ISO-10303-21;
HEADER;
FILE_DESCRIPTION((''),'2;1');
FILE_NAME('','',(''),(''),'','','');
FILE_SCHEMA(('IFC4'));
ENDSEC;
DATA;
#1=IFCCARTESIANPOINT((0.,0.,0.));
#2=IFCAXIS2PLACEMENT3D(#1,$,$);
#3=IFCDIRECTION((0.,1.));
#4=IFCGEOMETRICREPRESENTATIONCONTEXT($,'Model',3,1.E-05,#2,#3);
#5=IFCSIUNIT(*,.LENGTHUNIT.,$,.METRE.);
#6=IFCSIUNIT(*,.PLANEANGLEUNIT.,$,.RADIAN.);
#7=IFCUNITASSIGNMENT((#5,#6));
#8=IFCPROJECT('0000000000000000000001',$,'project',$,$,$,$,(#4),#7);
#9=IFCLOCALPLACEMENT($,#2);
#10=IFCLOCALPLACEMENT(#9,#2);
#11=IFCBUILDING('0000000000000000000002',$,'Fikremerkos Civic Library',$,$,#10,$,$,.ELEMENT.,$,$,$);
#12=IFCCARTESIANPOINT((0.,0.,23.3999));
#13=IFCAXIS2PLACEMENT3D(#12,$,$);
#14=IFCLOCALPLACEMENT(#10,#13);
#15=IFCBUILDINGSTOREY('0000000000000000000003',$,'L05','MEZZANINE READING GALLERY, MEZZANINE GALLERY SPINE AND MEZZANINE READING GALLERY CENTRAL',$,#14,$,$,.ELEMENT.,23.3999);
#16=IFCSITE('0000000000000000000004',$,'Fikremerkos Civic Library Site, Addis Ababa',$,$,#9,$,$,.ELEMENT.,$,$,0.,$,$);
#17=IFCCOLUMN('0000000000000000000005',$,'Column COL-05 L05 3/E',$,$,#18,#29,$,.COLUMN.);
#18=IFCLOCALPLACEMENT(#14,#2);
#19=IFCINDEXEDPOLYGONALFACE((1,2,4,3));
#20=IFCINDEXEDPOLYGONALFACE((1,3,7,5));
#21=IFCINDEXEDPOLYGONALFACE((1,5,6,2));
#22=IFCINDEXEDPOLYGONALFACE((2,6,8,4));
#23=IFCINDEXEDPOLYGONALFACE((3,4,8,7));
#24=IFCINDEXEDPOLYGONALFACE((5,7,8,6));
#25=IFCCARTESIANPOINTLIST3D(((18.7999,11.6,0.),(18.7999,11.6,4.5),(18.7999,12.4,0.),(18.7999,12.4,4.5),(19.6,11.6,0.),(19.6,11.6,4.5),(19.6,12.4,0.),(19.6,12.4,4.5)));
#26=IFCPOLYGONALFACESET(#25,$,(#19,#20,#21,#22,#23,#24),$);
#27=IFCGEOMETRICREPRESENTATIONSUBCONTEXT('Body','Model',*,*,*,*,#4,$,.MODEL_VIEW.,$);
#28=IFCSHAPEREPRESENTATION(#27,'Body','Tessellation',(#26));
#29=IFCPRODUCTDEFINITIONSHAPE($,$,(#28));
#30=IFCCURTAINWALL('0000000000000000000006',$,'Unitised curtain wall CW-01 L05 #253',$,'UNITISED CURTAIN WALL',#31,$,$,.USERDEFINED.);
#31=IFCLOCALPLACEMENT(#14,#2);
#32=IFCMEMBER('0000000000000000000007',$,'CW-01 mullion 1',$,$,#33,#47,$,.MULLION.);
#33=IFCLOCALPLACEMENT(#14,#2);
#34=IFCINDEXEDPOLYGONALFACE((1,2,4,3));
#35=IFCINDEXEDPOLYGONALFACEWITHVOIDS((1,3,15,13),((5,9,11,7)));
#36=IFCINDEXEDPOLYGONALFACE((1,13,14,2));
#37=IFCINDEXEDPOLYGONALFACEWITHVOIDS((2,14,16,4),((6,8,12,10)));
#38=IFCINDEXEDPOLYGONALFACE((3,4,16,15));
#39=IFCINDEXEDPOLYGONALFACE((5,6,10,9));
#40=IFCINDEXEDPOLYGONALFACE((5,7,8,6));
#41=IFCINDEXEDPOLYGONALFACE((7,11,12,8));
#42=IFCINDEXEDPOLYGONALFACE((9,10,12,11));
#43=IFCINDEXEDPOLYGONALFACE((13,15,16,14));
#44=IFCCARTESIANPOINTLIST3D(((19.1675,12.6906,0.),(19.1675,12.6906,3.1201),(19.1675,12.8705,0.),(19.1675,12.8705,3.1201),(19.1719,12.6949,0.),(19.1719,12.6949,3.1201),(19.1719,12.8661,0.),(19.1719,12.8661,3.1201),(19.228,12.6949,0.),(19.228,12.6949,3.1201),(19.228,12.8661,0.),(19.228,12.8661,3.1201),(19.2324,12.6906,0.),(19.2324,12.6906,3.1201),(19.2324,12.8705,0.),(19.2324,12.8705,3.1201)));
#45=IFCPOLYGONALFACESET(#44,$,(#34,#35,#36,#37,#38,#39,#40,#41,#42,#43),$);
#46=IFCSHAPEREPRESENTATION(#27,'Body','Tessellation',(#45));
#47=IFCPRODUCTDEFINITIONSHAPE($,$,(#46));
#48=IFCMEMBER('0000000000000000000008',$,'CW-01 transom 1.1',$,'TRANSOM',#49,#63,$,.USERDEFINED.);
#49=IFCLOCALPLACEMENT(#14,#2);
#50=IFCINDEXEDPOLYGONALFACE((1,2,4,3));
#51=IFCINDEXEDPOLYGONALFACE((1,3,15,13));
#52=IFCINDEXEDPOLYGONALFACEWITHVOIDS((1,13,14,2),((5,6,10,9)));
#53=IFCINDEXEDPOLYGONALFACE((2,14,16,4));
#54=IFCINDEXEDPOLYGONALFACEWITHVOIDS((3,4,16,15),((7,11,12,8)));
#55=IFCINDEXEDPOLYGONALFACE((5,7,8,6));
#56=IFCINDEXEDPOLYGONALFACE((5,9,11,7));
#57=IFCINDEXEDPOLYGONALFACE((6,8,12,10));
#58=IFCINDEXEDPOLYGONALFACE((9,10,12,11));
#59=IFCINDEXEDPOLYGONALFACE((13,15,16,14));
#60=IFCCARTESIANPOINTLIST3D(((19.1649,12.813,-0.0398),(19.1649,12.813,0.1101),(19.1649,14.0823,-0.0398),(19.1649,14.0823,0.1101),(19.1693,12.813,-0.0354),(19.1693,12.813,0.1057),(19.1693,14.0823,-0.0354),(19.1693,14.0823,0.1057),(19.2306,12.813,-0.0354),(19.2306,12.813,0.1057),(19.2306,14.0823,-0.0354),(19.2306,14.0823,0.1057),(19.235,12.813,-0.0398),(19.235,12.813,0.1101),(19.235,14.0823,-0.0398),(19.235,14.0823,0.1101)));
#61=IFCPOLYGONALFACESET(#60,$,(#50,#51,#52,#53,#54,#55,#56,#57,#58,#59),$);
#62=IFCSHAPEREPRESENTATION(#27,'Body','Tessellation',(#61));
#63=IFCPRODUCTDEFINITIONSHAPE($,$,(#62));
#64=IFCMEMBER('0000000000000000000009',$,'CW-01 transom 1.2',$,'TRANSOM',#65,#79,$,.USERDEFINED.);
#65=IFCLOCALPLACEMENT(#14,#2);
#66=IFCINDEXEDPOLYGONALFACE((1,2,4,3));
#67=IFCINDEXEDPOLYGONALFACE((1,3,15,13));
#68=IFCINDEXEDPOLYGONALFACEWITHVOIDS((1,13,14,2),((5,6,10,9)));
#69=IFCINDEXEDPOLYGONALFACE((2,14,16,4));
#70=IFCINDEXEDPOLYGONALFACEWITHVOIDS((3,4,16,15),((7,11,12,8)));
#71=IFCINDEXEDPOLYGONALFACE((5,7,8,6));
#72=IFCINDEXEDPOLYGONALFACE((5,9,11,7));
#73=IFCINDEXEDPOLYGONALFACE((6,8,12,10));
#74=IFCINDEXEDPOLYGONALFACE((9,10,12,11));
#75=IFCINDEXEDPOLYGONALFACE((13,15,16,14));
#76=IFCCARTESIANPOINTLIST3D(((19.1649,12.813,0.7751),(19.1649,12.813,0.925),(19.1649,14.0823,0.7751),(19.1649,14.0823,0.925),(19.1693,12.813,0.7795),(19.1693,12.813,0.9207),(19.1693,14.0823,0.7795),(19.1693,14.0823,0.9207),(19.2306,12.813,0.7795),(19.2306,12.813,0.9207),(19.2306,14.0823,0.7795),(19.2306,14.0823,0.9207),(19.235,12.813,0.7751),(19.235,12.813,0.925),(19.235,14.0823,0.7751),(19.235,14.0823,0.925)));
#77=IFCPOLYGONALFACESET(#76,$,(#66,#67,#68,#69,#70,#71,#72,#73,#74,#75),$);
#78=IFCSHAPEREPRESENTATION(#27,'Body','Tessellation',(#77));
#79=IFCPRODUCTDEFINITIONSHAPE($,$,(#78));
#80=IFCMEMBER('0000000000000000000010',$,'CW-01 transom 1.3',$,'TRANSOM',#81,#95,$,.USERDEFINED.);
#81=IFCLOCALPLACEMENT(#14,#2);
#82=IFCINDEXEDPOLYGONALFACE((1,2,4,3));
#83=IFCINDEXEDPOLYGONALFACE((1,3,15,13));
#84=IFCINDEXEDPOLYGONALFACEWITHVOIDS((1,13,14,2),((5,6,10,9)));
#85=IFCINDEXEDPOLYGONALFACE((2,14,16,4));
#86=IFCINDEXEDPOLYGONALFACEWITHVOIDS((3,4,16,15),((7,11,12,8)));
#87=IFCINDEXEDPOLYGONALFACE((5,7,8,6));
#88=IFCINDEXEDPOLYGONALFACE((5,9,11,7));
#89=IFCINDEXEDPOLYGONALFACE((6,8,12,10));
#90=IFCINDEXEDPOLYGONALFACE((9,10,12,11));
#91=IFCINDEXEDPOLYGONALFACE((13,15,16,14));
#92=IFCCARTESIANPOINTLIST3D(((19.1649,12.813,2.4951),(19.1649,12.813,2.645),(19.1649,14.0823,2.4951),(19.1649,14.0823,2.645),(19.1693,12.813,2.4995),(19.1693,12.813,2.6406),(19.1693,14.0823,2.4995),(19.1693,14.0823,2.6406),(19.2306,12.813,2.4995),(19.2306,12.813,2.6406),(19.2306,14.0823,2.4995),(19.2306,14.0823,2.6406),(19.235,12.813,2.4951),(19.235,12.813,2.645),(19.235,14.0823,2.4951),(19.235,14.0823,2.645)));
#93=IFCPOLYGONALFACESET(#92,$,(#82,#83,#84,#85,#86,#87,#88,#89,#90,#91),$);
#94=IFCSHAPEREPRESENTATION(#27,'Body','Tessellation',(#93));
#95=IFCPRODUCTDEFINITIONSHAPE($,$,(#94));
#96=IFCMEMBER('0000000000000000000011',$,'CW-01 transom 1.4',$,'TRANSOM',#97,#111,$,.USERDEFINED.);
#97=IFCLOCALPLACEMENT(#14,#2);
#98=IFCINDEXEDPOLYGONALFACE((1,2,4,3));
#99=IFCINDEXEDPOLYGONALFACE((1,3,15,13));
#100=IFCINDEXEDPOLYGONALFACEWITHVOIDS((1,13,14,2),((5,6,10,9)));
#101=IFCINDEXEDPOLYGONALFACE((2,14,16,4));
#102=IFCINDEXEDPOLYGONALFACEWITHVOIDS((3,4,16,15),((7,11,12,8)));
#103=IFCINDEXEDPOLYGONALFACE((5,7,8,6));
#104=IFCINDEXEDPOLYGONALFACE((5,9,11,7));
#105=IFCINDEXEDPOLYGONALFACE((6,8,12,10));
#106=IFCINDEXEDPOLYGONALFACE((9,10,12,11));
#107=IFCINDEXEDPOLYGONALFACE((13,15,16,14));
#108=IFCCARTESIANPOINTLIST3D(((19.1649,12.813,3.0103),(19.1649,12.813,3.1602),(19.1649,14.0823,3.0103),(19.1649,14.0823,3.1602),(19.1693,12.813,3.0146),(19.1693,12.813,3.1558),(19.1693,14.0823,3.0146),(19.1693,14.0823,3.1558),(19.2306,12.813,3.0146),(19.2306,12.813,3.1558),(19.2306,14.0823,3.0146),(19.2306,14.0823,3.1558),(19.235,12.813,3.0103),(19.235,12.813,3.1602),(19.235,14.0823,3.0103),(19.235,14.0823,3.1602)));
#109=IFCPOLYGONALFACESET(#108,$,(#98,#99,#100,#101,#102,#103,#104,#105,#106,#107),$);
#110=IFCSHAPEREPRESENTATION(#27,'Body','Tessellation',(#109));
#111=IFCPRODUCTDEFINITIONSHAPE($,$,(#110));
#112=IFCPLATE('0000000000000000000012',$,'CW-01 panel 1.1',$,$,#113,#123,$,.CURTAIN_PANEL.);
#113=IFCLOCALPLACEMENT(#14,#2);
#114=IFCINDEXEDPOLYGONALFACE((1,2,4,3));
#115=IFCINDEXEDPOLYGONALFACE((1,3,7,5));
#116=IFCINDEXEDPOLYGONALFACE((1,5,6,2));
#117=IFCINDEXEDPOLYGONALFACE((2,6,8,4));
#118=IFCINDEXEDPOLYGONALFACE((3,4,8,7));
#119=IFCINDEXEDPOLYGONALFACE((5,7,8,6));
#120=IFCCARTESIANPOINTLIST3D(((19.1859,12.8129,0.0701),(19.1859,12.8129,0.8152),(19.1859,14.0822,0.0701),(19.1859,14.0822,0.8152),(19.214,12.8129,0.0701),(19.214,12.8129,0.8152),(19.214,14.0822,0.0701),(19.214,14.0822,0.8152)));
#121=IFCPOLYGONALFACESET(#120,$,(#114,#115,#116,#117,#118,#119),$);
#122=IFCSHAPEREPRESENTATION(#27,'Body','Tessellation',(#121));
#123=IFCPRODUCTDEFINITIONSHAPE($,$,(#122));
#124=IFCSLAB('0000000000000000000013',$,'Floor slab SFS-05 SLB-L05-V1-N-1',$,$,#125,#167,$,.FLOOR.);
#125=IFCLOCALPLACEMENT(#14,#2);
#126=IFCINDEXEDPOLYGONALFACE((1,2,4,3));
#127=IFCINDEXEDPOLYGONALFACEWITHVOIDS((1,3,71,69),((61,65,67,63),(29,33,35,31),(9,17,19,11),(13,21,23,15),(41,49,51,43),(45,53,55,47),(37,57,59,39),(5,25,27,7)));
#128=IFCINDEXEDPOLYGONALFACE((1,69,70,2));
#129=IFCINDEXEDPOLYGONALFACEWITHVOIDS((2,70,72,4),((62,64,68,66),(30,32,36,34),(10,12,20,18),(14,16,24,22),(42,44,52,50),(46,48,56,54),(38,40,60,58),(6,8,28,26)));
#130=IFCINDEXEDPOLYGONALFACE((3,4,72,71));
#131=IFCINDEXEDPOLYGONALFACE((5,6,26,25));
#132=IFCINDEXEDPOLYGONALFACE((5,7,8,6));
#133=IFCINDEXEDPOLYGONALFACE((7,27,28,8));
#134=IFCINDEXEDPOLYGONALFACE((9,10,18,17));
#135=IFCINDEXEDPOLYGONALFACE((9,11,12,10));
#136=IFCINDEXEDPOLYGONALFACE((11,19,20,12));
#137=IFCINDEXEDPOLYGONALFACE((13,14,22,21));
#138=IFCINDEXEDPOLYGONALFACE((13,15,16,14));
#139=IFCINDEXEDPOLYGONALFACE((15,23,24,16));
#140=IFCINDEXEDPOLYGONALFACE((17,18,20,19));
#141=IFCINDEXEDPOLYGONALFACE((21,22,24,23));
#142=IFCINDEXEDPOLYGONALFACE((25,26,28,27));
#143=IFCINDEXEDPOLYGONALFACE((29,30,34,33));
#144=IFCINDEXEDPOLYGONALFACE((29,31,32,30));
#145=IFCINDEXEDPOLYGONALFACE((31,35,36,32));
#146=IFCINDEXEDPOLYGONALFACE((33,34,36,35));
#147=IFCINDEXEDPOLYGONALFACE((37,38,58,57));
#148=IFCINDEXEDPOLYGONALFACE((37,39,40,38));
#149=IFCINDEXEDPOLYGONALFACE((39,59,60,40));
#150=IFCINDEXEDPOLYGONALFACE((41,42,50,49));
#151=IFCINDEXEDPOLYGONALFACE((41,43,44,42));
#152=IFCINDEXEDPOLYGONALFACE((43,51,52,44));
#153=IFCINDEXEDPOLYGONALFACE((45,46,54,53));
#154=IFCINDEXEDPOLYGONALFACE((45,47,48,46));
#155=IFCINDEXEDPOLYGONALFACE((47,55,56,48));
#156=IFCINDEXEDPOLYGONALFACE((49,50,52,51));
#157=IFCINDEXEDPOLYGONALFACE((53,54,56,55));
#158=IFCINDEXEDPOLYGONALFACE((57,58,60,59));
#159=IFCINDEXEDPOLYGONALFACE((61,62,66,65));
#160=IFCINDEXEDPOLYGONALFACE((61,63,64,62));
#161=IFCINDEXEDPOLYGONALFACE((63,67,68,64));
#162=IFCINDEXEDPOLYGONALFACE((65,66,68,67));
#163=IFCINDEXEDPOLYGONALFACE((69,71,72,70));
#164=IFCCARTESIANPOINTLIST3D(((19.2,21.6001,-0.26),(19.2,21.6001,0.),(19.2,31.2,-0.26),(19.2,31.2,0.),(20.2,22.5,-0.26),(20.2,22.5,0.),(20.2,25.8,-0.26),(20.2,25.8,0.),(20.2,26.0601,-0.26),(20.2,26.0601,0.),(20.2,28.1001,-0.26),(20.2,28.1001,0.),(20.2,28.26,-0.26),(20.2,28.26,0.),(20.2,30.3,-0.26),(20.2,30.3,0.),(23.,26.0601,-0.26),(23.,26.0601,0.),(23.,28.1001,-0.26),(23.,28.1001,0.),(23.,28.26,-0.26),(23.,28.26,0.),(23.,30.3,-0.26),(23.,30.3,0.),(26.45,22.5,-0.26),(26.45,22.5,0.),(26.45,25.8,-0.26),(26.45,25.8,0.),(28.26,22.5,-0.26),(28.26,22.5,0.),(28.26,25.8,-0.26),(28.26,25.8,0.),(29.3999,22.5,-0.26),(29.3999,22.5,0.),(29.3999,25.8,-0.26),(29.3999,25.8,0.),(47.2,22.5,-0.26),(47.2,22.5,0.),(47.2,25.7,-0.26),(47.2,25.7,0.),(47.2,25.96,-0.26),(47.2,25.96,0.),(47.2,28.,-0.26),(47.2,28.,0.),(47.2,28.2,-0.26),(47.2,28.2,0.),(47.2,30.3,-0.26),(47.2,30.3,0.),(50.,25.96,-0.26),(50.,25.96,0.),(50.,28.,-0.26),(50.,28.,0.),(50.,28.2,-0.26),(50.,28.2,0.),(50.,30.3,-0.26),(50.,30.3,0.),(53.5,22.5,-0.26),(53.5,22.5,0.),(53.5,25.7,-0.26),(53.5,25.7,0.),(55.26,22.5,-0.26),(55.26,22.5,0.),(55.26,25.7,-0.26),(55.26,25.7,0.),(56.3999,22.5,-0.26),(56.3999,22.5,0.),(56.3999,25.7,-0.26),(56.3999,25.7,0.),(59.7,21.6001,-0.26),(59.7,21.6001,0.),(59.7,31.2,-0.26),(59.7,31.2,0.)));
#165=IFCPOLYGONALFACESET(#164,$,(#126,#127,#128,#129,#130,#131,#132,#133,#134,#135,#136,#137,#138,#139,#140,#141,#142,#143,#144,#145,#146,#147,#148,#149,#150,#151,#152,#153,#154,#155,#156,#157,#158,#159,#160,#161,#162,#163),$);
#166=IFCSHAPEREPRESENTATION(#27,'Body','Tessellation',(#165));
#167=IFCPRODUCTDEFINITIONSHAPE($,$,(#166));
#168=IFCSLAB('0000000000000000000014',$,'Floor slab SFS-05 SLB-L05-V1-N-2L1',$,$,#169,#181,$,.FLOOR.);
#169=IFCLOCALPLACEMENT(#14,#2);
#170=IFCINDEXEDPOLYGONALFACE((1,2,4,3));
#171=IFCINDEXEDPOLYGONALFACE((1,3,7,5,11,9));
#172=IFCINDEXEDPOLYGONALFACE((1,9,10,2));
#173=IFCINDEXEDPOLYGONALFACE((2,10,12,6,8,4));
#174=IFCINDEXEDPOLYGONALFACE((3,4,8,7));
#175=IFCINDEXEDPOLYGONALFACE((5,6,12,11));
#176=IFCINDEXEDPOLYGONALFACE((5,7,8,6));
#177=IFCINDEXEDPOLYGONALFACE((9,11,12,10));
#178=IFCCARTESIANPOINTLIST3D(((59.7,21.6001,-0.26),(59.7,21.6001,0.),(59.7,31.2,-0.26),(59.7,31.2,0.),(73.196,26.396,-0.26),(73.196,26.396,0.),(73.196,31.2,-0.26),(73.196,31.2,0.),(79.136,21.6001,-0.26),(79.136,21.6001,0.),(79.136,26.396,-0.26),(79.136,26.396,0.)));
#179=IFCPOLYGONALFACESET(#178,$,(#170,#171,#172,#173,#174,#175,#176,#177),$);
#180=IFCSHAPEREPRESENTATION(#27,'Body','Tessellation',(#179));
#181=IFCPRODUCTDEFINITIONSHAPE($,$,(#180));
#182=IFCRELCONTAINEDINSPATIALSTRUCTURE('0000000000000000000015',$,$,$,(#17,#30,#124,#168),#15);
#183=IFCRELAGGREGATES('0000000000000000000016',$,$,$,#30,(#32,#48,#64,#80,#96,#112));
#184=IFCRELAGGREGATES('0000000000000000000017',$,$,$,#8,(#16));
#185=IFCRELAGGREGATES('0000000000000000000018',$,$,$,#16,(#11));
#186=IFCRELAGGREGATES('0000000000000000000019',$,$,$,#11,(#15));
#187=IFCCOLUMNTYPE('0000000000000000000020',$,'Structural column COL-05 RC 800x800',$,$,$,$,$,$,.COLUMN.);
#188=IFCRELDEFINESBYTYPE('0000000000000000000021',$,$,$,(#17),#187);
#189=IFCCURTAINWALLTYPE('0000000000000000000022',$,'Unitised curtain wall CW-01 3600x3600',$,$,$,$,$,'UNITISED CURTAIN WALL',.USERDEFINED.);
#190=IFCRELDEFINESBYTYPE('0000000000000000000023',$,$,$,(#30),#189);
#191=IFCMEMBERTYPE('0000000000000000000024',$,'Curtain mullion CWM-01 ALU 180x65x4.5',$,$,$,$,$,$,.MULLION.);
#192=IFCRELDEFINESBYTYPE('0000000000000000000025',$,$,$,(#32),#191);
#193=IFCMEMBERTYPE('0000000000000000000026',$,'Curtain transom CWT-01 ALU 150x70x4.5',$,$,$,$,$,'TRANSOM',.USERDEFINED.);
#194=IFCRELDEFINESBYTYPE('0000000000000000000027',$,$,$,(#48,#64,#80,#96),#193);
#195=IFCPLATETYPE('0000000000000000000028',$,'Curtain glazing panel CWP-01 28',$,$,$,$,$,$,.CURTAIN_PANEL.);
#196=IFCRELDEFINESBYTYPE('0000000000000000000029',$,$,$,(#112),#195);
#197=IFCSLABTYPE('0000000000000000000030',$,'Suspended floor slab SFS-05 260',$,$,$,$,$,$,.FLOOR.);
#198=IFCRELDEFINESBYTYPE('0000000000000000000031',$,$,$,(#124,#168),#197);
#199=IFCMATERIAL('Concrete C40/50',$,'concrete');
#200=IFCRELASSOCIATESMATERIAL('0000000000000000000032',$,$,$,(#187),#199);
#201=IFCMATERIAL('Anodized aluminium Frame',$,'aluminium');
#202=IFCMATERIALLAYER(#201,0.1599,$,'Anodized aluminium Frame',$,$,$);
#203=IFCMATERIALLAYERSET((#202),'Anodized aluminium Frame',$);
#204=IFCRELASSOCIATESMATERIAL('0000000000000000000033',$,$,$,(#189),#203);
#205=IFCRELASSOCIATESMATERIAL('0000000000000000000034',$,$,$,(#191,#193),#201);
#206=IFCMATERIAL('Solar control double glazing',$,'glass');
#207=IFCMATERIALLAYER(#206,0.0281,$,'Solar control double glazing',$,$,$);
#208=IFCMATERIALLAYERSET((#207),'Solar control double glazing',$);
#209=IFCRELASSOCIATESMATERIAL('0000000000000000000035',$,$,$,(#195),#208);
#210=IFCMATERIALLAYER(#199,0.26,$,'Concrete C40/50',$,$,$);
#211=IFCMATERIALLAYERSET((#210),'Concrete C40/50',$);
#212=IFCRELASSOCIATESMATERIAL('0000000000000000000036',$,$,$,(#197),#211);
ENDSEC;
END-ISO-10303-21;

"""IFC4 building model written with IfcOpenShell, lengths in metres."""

from ifc_helpers import new_model, si_unit, direction, frame, origin, origin_2d, place, context, subcontext, project, spatial, polyline, rectangle, hollow_rectangle, outline, extrude, material, layer, layer_set, material_profile, profile_set, type_object, element, aggregate, save


model = new_model("IFC4")

# Units and contexts
model_context = context("Model", 3, precision=1e-05, world=origin(), true_north=direction((0.0, 1.0)))
body_context = subcontext(model_context, "Body", "Model", "MODEL_VIEW")
ifc_project = project(units=[si_unit("LENGTHUNIT", "METRE"), si_unit("PLANEANGLEUNIT", "RADIAN")], contexts=[model_context])

# Site, building, storey
site_placement = place(None, origin())
site = spatial("IfcSite", under=ifc_project, at=site_placement, Name="Fikremerkos Civic Library Site, Addis Ababa", CompositionType="ELEMENT", RefElevation=0.0)
building_placement = place(site_placement, origin())
building = spatial("IfcBuilding", under=site, at=building_placement, Name="Fikremerkos Civic Library", CompositionType="ELEMENT")
storey_placement = place(building_placement, frame((0.0, 0.0, 23.3999)))
storey = spatial("IfcBuildingStorey", under=building, at=storey_placement, Name="L05", Description="MEZZANINE READING GALLERY, MEZZANINE GALLERY SPINE AND MEZZANINE READING GALLERY CENTRAL", CompositionType="ELEMENT", Elevation=23.3999)

# Column
ifc_material_1 = material(Name="Concrete C40/50", Category="concrete")
ifc_material_profile_1 = material_profile(ifc_material_1, rectangle(XDim=0.8, YDim=0.8, at=origin_2d()), Name="RC 800x800")
ifc_profile_set_1 = profile_set([ifc_material_profile_1], Name="Concrete C40/50")
column_type = type_object("IfcColumnType", Name="Structural column COL-05 RC 800x800", PredefinedType="COLUMN", material=ifc_profile_set_1)
column_placement = place(storey_placement, frame((19.2, 12.0, 0.0), z_axis=(0.0, 0.0, 1.0), x_axis=(1.0, 0.0, 0.0)))
element("IfcColumn", 1, at=column_placement, inside=storey, type_object=column_type, Name="Column COL-05 L05 3/E", PredefinedType="COLUMN", context=body_context, shape_type="SweptSolid", body=[
    extrude(rectangle(XDim=0.8, YDim=0.8, at=origin_2d()), origin(), (0.0, 0.0, 1.0), 4.5),
])

# Curtain wall, members, plate
ifc_material_2 = material(Name="Anodized aluminium Frame", Category="aluminium")
ifc_layer_1 = layer(ifc_material_2, 0.1599, Name="Anodized aluminium Frame")
ifc_layer_set_1 = layer_set([ifc_layer_1], Name="Anodized aluminium Frame")
curtain_wall_type = type_object("IfcCurtainWallType", Name="Unitised curtain wall CW-01 3600x3600", ElementType="UNITISED CURTAIN WALL", PredefinedType="USERDEFINED", material=ifc_layer_set_1)
curtain_wall_placement = place(storey_placement, origin())
curtain_wall = element("IfcCurtainWall", 2, at=curtain_wall_placement, inside=storey, type_object=curtain_wall_type, Name="Unitised curtain wall CW-01 L05 #253", ObjectType="UNITISED CURTAIN WALL", PredefinedType="USERDEFINED")
ifc_material_profile_2 = material_profile(ifc_material_2, hollow_rectangle(XDim=0.0649, YDim=0.1799, WallThickness=0.0044, at=origin_2d()), Name="ALU 180x65x4.5")
ifc_profile_set_2 = profile_set([ifc_material_profile_2], Name="Anodized aluminium Frame")
member_type_1 = type_object("IfcMemberType", Name="Curtain mullion CWM-01 ALU 180x65x4.5", PredefinedType="MULLION", material=ifc_profile_set_2)
member_1_placement = place(storey_placement, frame((19.2, 12.7805, 0.0), z_axis=(0.0, 0.0, 1.0), x_axis=(-1.0, 0.0, 0.0)))
member_1 = element("IfcMember", 3, at=member_1_placement, type_object=member_type_1, Name="CW-01 mullion 1", PredefinedType="MULLION", context=body_context, shape_type="SweptSolid", body=[
    extrude(hollow_rectangle(XDim=0.0649, YDim=0.1799, WallThickness=0.0044, at=origin_2d()), origin(), (0.0, 0.0, 1.0), 3.1201),
])
ifc_material_profile_3 = material_profile(ifc_material_2, hollow_rectangle(XDim=0.0701, YDim=0.1499, WallThickness=0.0044, at=origin_2d()), Name="ALU 150x70x4.5")
ifc_profile_set_3 = profile_set([ifc_material_profile_3], Name="Anodized aluminium Frame")
member_type_2 = type_object("IfcMemberType", Name="Curtain transom CWT-01 ALU 150x70x4.5", ElementType="TRANSOM", PredefinedType="USERDEFINED", material=ifc_profile_set_3)
member_2_placement = place(storey_placement, frame((19.2, 12.813, 0.0352), z_axis=(0.0, 1.0, 0.0), x_axis=(-1.0, 0.0, 0.0)))
member_2 = element("IfcMember", 4, at=member_2_placement, type_object=member_type_2, Name="CW-01 transom 1.1", ObjectType="TRANSOM", PredefinedType="USERDEFINED", context=body_context, shape_type="SweptSolid", body=[
    extrude(hollow_rectangle(XDim=0.0701, YDim=0.1499, WallThickness=0.0044, at=origin_2d()), origin(), (0.0, 0.0, 1.0), 1.2693),
])
member_3_placement = place(storey_placement, frame((19.2, 12.813, 0.8501), z_axis=(0.0, 1.0, 0.0), x_axis=(-1.0, 0.0, 0.0)))
member_3 = element("IfcMember", 5, at=member_3_placement, type_object=member_type_2, Name="CW-01 transom 1.2", ObjectType="TRANSOM", PredefinedType="USERDEFINED", context=body_context, shape_type="SweptSolid", body=[
    extrude(hollow_rectangle(XDim=0.0701, YDim=0.1499, WallThickness=0.0044, at=origin_2d()), origin(), (0.0, 0.0, 1.0), 1.2693),
])
member_4_placement = place(storey_placement, frame((19.2, 12.813, 2.5701), z_axis=(0.0, 1.0, 0.0), x_axis=(-1.0, 0.0, 0.0)))
member_4 = element("IfcMember", 6, at=member_4_placement, type_object=member_type_2, Name="CW-01 transom 1.3", ObjectType="TRANSOM", PredefinedType="USERDEFINED", context=body_context, shape_type="SweptSolid", body=[
    extrude(hollow_rectangle(XDim=0.0701, YDim=0.1499, WallThickness=0.0044, at=origin_2d()), origin(), (0.0, 0.0, 1.0), 1.2693),
])
member_5_placement = place(storey_placement, frame((19.2, 12.813, 3.0852), z_axis=(0.0, 1.0, 0.0), x_axis=(-1.0, 0.0, 0.0)))
member_5 = element("IfcMember", 7, at=member_5_placement, type_object=member_type_2, Name="CW-01 transom 1.4", ObjectType="TRANSOM", PredefinedType="USERDEFINED", context=body_context, shape_type="SweptSolid", body=[
    extrude(hollow_rectangle(XDim=0.0701, YDim=0.1499, WallThickness=0.0044, at=origin_2d()), origin(), (0.0, 0.0, 1.0), 1.2693),
])
ifc_material_3 = material(Name="Solar control double glazing", Category="glass")
ifc_layer_2 = layer(ifc_material_3, 0.0281, Name="Solar control double glazing")
ifc_layer_set_2 = layer_set([ifc_layer_2], Name="Solar control double glazing")
plate_type = type_object("IfcPlateType", Name="Curtain glazing panel CWP-01 28", PredefinedType="CURTAIN_PANEL", material=ifc_layer_set_2)
plate_placement = place(storey_placement, frame((19.2, 13.4475, 0.0701), z_axis=(0.0, 0.0, 1.0), x_axis=(0.0, 1.0, 0.0)))
plate = element("IfcPlate", 8, at=plate_placement, type_object=plate_type, Name="CW-01 panel 1.1", PredefinedType="CURTAIN_PANEL", context=body_context, shape_type="SweptSolid", body=[
    extrude(rectangle(XDim=1.2693, YDim=0.0281, at=origin_2d()), origin(), (0.0, 0.0, 1.0), 0.7451),
])
aggregate(curtain_wall, [member_1, member_2, member_3, member_4, member_5, plate])

# Slabs
ifc_layer_3 = layer(ifc_material_1, 0.26, Name="Concrete C40/50")
ifc_layer_set_3 = layer_set([ifc_layer_3], Name="Concrete C40/50")
slab_type_1 = type_object("IfcSlabType", Name="Suspended floor slab SFS-05 260", PredefinedType="FLOOR", material=ifc_layer_set_3)
slab_1_placement = place(storey_placement, frame((0.0, 0.0, -0.26)))
element("IfcSlab", 9, at=slab_1_placement, inside=storey, type_object=slab_type_1, Name="Floor slab SFS-05 SLB-L05-V1-N-1", PredefinedType="FLOOR", context=body_context, shape_type="SweptSolid", body=[
    extrude(outline(polyline([(19.2, 21.6001), (59.7, 21.6001), (59.7, 31.2), (19.2, 31.2), (19.2, 21.6001)]), holes=[polyline([(20.2, 22.5), (26.45, 22.5), (26.45, 25.8), (20.2, 25.8), (20.2, 22.5)]), polyline([(20.2, 26.0601), (23.0, 26.0601), (23.0, 28.1001), (20.2, 28.1001), (20.2, 26.0601)]), polyline([(20.2, 28.26), (23.0, 28.26), (23.0, 30.3), (20.2, 30.3), (20.2, 28.26)]), polyline([(28.26, 22.5), (29.3999, 22.5), (29.3999, 25.8), (28.26, 25.8), (28.26, 22.5)]), polyline([(47.2, 22.5), (53.5, 22.5), (53.5, 25.7), (47.2, 25.7), (47.2, 22.5)]), polyline([(47.2, 25.96), (50.0, 25.96), (50.0, 28.0), (47.2, 28.0), (47.2, 25.96)]), polyline([(47.2, 28.2), (50.0, 28.2), (50.0, 30.3), (47.2, 30.3), (47.2, 28.2)]), polyline([(55.26, 22.5), (56.3999, 22.5), (56.3999, 25.7), (55.26, 25.7), (55.26, 22.5)])]), origin(), (0.0, 0.0, 1.0), 0.26),
])
slab_2_placement = place(storey_placement, frame((0.0, 0.0, -0.26)))
element("IfcSlab", 10, at=slab_2_placement, inside=storey, type_object=slab_type_1, Name="Floor slab SFS-05 SLB-L05-V1-N-2L1", PredefinedType="FLOOR", context=body_context, shape_type="SweptSolid", body=[
    extrude(outline(polyline([(59.7, 21.6001), (79.136, 21.6001), (79.136, 26.396), (73.196, 26.396), (73.196, 31.2), (59.7, 31.2), (59.7, 21.6001)])), origin(), (0.0, 0.0, 1.0), 0.26),
])

save(model, "model.ifc")
